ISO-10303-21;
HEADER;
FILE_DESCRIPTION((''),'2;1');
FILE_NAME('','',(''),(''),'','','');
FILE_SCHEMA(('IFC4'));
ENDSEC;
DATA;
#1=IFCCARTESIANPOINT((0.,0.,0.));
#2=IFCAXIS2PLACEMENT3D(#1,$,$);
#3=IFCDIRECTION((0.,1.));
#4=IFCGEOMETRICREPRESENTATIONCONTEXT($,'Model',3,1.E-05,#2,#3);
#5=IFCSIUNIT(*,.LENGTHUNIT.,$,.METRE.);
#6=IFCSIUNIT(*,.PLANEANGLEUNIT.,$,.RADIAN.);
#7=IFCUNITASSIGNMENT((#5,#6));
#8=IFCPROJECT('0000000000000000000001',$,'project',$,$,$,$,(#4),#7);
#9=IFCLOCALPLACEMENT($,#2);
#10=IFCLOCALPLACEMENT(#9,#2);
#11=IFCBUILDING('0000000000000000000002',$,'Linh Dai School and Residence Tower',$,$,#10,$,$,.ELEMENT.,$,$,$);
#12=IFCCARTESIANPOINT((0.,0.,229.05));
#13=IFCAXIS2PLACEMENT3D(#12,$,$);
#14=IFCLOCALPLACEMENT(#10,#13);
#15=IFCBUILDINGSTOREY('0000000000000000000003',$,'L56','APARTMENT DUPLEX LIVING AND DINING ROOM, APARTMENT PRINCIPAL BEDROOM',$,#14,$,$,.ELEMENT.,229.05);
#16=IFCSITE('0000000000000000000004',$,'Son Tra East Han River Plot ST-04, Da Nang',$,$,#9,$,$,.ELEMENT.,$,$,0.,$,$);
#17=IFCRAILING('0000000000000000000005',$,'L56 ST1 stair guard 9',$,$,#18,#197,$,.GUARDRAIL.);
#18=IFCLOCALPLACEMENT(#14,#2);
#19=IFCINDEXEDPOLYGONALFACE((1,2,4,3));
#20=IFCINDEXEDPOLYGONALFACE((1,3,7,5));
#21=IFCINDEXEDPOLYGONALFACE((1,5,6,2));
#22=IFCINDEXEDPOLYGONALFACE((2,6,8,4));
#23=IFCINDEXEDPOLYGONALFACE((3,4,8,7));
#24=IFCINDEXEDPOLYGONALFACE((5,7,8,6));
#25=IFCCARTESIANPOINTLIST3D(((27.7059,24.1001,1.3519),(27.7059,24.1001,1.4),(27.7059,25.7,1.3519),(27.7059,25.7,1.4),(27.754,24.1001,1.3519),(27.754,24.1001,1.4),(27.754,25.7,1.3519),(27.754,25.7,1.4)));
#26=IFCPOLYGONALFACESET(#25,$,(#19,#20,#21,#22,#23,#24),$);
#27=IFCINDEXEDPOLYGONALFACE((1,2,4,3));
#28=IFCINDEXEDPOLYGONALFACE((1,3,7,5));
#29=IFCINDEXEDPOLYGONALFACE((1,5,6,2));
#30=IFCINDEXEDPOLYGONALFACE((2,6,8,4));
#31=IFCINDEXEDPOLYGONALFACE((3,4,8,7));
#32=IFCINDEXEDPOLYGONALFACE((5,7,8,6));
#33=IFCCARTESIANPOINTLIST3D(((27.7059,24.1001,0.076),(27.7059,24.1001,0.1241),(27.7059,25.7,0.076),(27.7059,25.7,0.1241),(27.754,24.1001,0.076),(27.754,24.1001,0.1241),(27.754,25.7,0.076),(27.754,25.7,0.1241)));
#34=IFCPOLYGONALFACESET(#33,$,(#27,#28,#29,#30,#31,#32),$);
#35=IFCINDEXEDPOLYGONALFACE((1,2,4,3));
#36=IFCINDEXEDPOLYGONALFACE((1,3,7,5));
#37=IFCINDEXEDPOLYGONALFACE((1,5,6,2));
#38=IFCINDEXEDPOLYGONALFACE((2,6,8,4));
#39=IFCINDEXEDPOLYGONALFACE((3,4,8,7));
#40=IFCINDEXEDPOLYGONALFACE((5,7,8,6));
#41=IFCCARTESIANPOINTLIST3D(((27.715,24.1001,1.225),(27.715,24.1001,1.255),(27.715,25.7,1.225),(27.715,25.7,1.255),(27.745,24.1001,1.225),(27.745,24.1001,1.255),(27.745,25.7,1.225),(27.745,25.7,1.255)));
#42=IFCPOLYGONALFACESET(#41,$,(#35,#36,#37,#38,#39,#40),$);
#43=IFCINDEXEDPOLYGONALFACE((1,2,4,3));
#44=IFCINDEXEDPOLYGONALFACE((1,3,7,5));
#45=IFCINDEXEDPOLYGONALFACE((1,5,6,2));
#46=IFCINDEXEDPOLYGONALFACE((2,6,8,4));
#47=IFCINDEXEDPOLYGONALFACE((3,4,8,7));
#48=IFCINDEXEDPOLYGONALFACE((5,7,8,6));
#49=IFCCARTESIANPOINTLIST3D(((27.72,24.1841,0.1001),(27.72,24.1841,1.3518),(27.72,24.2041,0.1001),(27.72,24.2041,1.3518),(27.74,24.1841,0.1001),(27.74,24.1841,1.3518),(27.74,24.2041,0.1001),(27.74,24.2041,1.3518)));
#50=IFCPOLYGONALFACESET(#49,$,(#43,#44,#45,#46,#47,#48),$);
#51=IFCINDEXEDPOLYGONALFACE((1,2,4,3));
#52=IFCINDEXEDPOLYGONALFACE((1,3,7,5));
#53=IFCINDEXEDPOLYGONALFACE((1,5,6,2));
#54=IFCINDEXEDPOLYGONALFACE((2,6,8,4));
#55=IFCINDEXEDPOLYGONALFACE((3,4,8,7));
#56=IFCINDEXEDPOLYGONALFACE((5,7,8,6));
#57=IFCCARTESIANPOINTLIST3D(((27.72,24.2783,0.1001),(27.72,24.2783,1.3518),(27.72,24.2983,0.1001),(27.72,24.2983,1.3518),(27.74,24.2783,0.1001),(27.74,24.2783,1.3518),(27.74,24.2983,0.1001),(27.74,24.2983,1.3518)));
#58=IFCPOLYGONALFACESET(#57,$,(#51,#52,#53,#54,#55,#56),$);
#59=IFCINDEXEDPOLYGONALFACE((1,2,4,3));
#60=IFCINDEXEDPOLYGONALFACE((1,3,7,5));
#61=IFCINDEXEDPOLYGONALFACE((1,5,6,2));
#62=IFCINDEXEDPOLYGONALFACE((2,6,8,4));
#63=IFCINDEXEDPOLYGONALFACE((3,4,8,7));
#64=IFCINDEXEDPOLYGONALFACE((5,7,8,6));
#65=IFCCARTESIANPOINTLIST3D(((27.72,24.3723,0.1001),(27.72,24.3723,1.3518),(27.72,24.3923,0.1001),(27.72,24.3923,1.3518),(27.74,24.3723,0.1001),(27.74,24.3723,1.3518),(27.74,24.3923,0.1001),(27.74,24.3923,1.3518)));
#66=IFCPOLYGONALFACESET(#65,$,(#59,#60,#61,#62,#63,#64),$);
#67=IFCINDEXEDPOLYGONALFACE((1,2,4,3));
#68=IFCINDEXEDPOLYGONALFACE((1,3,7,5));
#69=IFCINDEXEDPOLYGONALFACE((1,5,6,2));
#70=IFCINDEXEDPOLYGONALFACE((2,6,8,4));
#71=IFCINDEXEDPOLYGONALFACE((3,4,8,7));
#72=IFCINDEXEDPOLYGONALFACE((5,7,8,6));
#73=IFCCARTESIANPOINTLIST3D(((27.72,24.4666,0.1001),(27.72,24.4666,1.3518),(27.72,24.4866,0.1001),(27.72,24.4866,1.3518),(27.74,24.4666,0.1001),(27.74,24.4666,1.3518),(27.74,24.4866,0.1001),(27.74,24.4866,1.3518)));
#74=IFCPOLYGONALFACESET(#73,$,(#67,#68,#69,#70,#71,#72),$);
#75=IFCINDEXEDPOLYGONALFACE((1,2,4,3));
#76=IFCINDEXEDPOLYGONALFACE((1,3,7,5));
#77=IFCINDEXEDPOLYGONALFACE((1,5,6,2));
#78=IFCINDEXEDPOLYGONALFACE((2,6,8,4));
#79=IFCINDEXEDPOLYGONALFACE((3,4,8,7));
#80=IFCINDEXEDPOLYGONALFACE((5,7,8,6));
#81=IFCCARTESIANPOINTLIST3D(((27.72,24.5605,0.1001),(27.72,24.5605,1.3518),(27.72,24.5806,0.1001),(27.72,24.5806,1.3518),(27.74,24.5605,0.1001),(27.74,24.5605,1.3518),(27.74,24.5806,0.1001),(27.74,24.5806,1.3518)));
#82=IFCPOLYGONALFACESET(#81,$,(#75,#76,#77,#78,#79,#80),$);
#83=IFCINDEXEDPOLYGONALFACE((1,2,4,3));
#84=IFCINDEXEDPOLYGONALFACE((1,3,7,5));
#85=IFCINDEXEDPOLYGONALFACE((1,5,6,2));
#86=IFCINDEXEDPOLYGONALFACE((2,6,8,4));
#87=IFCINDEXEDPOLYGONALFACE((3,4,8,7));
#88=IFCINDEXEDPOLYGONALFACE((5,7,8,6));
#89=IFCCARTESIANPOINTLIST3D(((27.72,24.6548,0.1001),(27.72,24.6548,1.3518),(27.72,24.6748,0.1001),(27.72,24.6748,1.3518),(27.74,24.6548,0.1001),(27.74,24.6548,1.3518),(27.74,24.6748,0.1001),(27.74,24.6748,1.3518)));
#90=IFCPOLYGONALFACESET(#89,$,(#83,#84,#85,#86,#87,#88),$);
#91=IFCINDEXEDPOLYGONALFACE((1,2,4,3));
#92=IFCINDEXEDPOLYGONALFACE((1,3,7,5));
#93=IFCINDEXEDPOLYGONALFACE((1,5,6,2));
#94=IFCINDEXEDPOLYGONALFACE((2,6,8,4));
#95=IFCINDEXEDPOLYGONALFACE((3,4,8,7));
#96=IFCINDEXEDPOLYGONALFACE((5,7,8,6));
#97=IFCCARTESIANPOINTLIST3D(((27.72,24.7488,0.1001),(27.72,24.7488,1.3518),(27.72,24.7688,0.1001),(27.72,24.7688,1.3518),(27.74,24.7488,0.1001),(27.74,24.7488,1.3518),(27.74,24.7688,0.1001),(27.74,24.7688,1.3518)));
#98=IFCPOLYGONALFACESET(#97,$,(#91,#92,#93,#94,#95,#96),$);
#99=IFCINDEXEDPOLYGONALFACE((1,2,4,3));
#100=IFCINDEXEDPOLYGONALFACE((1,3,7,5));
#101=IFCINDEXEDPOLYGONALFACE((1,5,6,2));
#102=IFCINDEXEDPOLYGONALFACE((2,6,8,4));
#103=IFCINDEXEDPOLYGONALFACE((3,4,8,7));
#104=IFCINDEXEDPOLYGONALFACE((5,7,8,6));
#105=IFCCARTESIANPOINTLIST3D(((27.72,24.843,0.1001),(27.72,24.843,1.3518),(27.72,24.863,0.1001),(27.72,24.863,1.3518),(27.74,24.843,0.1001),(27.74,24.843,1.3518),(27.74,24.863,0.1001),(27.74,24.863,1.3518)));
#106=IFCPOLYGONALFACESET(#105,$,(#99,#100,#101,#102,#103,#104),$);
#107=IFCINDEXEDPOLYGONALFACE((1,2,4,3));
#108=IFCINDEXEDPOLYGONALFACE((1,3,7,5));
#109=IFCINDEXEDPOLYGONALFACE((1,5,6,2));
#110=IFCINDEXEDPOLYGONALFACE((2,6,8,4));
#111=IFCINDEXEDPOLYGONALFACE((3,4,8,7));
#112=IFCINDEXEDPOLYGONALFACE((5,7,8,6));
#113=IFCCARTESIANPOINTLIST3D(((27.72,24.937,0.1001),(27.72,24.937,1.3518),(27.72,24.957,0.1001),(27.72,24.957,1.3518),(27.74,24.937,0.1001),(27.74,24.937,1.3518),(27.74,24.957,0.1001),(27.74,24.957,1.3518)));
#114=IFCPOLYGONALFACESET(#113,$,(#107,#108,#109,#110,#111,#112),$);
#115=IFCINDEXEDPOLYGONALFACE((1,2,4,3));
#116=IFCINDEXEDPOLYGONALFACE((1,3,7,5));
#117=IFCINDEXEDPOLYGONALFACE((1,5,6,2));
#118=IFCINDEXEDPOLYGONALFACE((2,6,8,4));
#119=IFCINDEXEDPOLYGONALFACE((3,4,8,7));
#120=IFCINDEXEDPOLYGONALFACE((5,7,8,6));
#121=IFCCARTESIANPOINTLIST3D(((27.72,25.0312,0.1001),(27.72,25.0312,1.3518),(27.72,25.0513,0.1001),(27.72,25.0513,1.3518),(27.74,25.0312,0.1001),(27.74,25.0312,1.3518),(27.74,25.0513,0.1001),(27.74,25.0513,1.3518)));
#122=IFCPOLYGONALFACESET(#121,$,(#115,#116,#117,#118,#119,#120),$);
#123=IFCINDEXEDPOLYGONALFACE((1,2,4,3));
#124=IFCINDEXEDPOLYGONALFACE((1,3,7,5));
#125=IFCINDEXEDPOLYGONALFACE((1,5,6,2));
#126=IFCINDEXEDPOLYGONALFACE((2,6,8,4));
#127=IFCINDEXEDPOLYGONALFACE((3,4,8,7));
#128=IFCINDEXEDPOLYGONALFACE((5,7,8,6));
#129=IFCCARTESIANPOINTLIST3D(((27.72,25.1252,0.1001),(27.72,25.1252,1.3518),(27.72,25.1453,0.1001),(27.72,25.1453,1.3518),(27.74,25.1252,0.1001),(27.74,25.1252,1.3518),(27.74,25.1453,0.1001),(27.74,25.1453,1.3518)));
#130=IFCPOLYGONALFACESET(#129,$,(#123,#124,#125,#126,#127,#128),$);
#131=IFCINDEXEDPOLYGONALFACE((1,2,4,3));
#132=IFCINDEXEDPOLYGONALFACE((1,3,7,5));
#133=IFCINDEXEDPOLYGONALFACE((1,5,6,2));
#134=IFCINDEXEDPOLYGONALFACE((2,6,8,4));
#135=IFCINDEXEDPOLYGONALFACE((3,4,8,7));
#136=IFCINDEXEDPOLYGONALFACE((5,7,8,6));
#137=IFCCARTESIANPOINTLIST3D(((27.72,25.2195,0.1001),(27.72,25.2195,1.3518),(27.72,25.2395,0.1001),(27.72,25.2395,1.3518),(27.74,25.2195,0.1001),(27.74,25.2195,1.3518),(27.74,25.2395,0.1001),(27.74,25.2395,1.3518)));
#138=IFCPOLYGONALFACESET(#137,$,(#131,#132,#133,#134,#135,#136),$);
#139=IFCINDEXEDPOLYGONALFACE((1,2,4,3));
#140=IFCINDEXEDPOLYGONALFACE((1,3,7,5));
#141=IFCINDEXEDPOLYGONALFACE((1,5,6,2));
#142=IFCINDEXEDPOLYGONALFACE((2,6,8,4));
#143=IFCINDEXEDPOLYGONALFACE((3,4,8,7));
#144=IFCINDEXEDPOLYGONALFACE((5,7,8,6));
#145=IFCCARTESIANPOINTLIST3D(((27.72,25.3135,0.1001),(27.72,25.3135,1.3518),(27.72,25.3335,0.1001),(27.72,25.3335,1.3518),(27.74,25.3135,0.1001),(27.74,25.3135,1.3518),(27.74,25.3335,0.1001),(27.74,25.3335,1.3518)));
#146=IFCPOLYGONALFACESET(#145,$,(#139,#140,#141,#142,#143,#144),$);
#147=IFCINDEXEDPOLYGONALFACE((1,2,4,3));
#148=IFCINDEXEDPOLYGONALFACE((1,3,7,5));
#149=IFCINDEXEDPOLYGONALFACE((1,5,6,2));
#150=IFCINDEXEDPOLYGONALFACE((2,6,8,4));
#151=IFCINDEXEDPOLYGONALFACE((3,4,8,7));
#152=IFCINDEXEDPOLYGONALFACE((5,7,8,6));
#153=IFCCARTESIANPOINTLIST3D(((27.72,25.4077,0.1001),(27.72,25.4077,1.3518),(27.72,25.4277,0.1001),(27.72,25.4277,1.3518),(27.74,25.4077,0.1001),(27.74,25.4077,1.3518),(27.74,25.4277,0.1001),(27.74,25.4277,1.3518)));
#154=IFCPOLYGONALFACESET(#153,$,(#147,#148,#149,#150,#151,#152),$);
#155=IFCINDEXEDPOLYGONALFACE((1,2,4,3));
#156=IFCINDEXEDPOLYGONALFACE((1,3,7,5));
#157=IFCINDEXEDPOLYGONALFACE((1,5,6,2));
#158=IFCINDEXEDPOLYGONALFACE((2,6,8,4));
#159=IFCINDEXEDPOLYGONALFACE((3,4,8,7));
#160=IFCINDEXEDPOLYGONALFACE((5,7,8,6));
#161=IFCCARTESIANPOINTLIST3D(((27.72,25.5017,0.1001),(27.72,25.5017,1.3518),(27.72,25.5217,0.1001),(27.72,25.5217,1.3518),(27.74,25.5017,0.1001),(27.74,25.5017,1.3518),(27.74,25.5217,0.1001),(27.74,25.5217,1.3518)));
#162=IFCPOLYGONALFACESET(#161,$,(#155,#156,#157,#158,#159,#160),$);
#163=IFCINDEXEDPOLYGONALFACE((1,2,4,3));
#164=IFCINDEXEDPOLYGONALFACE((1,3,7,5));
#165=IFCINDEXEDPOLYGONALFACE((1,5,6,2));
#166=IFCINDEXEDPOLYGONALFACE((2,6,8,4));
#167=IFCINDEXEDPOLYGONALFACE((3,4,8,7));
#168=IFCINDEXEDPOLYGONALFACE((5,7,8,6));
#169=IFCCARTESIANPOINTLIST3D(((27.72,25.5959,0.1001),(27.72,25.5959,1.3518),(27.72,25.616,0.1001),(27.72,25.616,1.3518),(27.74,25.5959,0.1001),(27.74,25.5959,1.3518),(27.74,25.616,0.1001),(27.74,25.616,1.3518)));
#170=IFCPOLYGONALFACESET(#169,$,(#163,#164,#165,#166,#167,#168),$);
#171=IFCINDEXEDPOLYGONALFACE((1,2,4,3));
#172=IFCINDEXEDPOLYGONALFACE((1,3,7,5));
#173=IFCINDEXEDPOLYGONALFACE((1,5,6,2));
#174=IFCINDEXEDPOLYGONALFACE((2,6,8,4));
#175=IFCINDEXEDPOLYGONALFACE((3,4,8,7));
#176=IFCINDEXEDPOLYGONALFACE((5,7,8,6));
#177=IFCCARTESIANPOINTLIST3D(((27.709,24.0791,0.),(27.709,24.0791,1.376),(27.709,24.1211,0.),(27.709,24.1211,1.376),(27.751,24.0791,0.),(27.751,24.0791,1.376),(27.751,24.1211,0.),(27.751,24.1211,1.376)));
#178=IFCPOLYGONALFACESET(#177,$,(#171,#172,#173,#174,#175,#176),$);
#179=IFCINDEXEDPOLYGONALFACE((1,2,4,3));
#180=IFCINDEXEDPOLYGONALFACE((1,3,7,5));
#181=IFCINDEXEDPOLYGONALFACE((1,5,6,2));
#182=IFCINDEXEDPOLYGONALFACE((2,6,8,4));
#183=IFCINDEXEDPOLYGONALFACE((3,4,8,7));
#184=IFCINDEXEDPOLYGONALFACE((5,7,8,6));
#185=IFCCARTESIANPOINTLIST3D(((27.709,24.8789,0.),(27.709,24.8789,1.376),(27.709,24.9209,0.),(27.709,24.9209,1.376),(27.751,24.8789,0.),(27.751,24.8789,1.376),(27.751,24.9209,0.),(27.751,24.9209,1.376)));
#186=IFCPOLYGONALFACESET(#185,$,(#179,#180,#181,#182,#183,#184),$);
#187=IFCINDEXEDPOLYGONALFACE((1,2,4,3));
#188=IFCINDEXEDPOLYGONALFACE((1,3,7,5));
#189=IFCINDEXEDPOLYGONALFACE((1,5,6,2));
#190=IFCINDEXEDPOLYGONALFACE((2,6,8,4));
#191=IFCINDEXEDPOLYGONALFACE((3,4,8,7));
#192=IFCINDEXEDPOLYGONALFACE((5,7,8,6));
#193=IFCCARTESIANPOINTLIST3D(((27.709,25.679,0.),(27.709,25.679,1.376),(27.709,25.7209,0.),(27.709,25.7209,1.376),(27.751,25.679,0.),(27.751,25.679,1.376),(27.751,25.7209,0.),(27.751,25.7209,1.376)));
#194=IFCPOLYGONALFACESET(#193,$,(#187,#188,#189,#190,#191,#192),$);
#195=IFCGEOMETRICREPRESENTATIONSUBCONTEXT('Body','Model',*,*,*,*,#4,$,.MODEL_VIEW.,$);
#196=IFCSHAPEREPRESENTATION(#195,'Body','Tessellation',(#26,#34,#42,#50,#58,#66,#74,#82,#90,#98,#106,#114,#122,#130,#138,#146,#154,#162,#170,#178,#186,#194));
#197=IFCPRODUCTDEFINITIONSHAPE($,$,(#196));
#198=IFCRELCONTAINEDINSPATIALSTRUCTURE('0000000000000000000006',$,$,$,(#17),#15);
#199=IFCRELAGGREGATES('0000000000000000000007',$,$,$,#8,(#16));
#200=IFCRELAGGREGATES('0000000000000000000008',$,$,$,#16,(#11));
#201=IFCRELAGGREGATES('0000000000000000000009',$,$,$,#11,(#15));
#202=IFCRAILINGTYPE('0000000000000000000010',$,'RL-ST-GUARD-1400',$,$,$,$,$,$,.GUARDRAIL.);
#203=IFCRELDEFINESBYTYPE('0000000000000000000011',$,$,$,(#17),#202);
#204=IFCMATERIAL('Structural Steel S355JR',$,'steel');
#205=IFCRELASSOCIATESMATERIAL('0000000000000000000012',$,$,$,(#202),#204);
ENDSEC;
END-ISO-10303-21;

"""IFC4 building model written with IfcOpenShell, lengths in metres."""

from ifc_helpers import new_model, si_unit, direction, frame, origin, origin_2d, place, context, subcontext, project, spatial, rectangle, extrude, source, transform, mapped, material, type_object, element, save


model = new_model("IFC4")

# Units and contexts
model_context = context("Model", 3, precision=1e-05, world=origin(), true_north=direction((0.0, 1.0)))
body_context = subcontext(model_context, "Body", "Model", "MODEL_VIEW")
ifc_project = project(units=[si_unit("LENGTHUNIT", "METRE"), si_unit("PLANEANGLEUNIT", "RADIAN")], contexts=[model_context])

# Site, building, storey
site_placement = place(None, origin())
site = spatial("IfcSite", under=ifc_project, at=site_placement, Name="Son Tra East Han River Plot ST-04, Da Nang", CompositionType="ELEMENT", RefElevation=0.0)
building_placement = place(site_placement, origin())
building = spatial("IfcBuilding", under=site, at=building_placement, Name="Linh Dai School and Residence Tower", CompositionType="ELEMENT")
storey_placement = place(building_placement, frame((0.0, 0.0, 229.05)))
storey = spatial("IfcBuildingStorey", under=building, at=storey_placement, Name="L56", Description="APARTMENT DUPLEX LIVING AND DINING ROOM, APARTMENT PRINCIPAL BEDROOM", CompositionType="ELEMENT", Elevation=229.05)

# Shared definitions
ifc_material_1 = material(Name="Structural Steel S355JR", Category="steel")

# Railing
railing_type = type_object("IfcRailingType", Name="RL-ST-GUARD-1400", PredefinedType="GUARDRAIL", material=ifc_material_1)
shared_shape_1 = source(origin(), body_context, "Body", "SweptSolid", [
    extrude(rectangle(XDim=0.0481, YDim=0.0481, at=origin_2d()), frame((0.0, 0.0, 1.376), z_axis=(0.0, 1.0, 0.0), x_axis=(-1.0, 0.0, 0.0)), (0.0, 0.0, 1.0), 1.5999),
    extrude(rectangle(XDim=0.0481, YDim=0.0481, at=origin_2d()), frame((0.0, 0.0, 0.1001), z_axis=(0.0, 1.0, 0.0), x_axis=(-1.0, 0.0, 0.0)), (0.0, 0.0, 1.0), 1.5999),
    extrude(rectangle(XDim=0.03, YDim=0.03, at=origin_2d()), frame((0.0, 0.0, 1.24), z_axis=(0.0, 1.0, 0.0), x_axis=(-1.0, 0.0, 0.0)), (0.0, 0.0, 1.0), 1.5999),
    extrude(rectangle(XDim=0.02, YDim=0.02, at=origin_2d()), frame((0.0, 0.094, 0.1001)), (0.0, 0.0, 1.0), 1.2517),
    extrude(rectangle(XDim=0.02, YDim=0.02, at=origin_2d()), frame((0.0, 0.1882, 0.1001)), (0.0, 0.0, 1.0), 1.2517),
    extrude(rectangle(XDim=0.02, YDim=0.02, at=origin_2d()), frame((0.0, 0.2822, 0.1001)), (0.0, 0.0, 1.0), 1.2517),
    extrude(rectangle(XDim=0.02, YDim=0.02, at=origin_2d()), frame((0.0, 0.3765, 0.1001)), (0.0, 0.0, 1.0), 1.2517),
    extrude(rectangle(XDim=0.02, YDim=0.02, at=origin_2d()), frame((0.0, 0.4705, 0.1001)), (0.0, 0.0, 1.0), 1.2517),
    extrude(rectangle(XDim=0.02, YDim=0.02, at=origin_2d()), frame((0.0, 0.5647, 0.1001)), (0.0, 0.0, 1.0), 1.2517),
    extrude(rectangle(XDim=0.02, YDim=0.02, at=origin_2d()), frame((0.0, 0.6587, 0.1001)), (0.0, 0.0, 1.0), 1.2517),
    extrude(rectangle(XDim=0.02, YDim=0.02, at=origin_2d()), frame((0.0, 0.7529, 0.1001)), (0.0, 0.0, 1.0), 1.2517),
    extrude(rectangle(XDim=0.02, YDim=0.02, at=origin_2d()), frame((0.0, 0.8469, 0.1001)), (0.0, 0.0, 1.0), 1.2517),
    extrude(rectangle(XDim=0.02, YDim=0.02, at=origin_2d()), frame((0.0, 0.9412, 0.1001)), (0.0, 0.0, 1.0), 1.2517),
    extrude(rectangle(XDim=0.02, YDim=0.02, at=origin_2d()), frame((0.0, 1.0352, 0.1001)), (0.0, 0.0, 1.0), 1.2517),
    extrude(rectangle(XDim=0.02, YDim=0.02, at=origin_2d()), frame((0.0, 1.1294, 0.1001)), (0.0, 0.0, 1.0), 1.2517),
    extrude(rectangle(XDim=0.02, YDim=0.02, at=origin_2d()), frame((0.0, 1.2234, 0.1001)), (0.0, 0.0, 1.0), 1.2517),
    extrude(rectangle(XDim=0.02, YDim=0.02, at=origin_2d()), frame((0.0, 1.3176, 0.1001)), (0.0, 0.0, 1.0), 1.2517),
    extrude(rectangle(XDim=0.02, YDim=0.02, at=origin_2d()), frame((0.0, 1.4116, 0.1001)), (0.0, 0.0, 1.0), 1.2517),
    extrude(rectangle(XDim=0.02, YDim=0.02, at=origin_2d()), frame((0.0, 1.5059, 0.1001)), (0.0, 0.0, 1.0), 1.2517),
    extrude(rectangle(XDim=0.042, YDim=0.042, at=origin_2d()), origin(), (0.0, 0.0, 1.0), 1.376),
    extrude(rectangle(XDim=0.042, YDim=0.042, at=origin_2d()), frame((0.0, 0.7998, 0.0)), (0.0, 0.0, 1.0), 1.376),
    extrude(rectangle(XDim=0.042, YDim=0.042, at=origin_2d()), frame((0.0, 1.5999, 0.0)), (0.0, 0.0, 1.0), 1.376),
])
for number, where, name in (
    (1, (27.73, 24.1001, 0.0), "L56 ST1 stair guard 9"),
):
    element("IfcRailing", number, at=place(storey_placement, frame(where)), inside=storey, type_object=railing_type, Name=name, PredefinedType="GUARDRAIL", context=body_context, shape_type="MappedRepresentation", body=[
        mapped(shared_shape_1, transform((0.0, 0.0, 0.0), x_axis=(1.0, 0.0, 0.0), y_axis=(0.0, 1.0, 0.0), z_axis=(0.0, 0.0, 1.0), scale=1.0)),
    ])

save(model, "model.ifc")
